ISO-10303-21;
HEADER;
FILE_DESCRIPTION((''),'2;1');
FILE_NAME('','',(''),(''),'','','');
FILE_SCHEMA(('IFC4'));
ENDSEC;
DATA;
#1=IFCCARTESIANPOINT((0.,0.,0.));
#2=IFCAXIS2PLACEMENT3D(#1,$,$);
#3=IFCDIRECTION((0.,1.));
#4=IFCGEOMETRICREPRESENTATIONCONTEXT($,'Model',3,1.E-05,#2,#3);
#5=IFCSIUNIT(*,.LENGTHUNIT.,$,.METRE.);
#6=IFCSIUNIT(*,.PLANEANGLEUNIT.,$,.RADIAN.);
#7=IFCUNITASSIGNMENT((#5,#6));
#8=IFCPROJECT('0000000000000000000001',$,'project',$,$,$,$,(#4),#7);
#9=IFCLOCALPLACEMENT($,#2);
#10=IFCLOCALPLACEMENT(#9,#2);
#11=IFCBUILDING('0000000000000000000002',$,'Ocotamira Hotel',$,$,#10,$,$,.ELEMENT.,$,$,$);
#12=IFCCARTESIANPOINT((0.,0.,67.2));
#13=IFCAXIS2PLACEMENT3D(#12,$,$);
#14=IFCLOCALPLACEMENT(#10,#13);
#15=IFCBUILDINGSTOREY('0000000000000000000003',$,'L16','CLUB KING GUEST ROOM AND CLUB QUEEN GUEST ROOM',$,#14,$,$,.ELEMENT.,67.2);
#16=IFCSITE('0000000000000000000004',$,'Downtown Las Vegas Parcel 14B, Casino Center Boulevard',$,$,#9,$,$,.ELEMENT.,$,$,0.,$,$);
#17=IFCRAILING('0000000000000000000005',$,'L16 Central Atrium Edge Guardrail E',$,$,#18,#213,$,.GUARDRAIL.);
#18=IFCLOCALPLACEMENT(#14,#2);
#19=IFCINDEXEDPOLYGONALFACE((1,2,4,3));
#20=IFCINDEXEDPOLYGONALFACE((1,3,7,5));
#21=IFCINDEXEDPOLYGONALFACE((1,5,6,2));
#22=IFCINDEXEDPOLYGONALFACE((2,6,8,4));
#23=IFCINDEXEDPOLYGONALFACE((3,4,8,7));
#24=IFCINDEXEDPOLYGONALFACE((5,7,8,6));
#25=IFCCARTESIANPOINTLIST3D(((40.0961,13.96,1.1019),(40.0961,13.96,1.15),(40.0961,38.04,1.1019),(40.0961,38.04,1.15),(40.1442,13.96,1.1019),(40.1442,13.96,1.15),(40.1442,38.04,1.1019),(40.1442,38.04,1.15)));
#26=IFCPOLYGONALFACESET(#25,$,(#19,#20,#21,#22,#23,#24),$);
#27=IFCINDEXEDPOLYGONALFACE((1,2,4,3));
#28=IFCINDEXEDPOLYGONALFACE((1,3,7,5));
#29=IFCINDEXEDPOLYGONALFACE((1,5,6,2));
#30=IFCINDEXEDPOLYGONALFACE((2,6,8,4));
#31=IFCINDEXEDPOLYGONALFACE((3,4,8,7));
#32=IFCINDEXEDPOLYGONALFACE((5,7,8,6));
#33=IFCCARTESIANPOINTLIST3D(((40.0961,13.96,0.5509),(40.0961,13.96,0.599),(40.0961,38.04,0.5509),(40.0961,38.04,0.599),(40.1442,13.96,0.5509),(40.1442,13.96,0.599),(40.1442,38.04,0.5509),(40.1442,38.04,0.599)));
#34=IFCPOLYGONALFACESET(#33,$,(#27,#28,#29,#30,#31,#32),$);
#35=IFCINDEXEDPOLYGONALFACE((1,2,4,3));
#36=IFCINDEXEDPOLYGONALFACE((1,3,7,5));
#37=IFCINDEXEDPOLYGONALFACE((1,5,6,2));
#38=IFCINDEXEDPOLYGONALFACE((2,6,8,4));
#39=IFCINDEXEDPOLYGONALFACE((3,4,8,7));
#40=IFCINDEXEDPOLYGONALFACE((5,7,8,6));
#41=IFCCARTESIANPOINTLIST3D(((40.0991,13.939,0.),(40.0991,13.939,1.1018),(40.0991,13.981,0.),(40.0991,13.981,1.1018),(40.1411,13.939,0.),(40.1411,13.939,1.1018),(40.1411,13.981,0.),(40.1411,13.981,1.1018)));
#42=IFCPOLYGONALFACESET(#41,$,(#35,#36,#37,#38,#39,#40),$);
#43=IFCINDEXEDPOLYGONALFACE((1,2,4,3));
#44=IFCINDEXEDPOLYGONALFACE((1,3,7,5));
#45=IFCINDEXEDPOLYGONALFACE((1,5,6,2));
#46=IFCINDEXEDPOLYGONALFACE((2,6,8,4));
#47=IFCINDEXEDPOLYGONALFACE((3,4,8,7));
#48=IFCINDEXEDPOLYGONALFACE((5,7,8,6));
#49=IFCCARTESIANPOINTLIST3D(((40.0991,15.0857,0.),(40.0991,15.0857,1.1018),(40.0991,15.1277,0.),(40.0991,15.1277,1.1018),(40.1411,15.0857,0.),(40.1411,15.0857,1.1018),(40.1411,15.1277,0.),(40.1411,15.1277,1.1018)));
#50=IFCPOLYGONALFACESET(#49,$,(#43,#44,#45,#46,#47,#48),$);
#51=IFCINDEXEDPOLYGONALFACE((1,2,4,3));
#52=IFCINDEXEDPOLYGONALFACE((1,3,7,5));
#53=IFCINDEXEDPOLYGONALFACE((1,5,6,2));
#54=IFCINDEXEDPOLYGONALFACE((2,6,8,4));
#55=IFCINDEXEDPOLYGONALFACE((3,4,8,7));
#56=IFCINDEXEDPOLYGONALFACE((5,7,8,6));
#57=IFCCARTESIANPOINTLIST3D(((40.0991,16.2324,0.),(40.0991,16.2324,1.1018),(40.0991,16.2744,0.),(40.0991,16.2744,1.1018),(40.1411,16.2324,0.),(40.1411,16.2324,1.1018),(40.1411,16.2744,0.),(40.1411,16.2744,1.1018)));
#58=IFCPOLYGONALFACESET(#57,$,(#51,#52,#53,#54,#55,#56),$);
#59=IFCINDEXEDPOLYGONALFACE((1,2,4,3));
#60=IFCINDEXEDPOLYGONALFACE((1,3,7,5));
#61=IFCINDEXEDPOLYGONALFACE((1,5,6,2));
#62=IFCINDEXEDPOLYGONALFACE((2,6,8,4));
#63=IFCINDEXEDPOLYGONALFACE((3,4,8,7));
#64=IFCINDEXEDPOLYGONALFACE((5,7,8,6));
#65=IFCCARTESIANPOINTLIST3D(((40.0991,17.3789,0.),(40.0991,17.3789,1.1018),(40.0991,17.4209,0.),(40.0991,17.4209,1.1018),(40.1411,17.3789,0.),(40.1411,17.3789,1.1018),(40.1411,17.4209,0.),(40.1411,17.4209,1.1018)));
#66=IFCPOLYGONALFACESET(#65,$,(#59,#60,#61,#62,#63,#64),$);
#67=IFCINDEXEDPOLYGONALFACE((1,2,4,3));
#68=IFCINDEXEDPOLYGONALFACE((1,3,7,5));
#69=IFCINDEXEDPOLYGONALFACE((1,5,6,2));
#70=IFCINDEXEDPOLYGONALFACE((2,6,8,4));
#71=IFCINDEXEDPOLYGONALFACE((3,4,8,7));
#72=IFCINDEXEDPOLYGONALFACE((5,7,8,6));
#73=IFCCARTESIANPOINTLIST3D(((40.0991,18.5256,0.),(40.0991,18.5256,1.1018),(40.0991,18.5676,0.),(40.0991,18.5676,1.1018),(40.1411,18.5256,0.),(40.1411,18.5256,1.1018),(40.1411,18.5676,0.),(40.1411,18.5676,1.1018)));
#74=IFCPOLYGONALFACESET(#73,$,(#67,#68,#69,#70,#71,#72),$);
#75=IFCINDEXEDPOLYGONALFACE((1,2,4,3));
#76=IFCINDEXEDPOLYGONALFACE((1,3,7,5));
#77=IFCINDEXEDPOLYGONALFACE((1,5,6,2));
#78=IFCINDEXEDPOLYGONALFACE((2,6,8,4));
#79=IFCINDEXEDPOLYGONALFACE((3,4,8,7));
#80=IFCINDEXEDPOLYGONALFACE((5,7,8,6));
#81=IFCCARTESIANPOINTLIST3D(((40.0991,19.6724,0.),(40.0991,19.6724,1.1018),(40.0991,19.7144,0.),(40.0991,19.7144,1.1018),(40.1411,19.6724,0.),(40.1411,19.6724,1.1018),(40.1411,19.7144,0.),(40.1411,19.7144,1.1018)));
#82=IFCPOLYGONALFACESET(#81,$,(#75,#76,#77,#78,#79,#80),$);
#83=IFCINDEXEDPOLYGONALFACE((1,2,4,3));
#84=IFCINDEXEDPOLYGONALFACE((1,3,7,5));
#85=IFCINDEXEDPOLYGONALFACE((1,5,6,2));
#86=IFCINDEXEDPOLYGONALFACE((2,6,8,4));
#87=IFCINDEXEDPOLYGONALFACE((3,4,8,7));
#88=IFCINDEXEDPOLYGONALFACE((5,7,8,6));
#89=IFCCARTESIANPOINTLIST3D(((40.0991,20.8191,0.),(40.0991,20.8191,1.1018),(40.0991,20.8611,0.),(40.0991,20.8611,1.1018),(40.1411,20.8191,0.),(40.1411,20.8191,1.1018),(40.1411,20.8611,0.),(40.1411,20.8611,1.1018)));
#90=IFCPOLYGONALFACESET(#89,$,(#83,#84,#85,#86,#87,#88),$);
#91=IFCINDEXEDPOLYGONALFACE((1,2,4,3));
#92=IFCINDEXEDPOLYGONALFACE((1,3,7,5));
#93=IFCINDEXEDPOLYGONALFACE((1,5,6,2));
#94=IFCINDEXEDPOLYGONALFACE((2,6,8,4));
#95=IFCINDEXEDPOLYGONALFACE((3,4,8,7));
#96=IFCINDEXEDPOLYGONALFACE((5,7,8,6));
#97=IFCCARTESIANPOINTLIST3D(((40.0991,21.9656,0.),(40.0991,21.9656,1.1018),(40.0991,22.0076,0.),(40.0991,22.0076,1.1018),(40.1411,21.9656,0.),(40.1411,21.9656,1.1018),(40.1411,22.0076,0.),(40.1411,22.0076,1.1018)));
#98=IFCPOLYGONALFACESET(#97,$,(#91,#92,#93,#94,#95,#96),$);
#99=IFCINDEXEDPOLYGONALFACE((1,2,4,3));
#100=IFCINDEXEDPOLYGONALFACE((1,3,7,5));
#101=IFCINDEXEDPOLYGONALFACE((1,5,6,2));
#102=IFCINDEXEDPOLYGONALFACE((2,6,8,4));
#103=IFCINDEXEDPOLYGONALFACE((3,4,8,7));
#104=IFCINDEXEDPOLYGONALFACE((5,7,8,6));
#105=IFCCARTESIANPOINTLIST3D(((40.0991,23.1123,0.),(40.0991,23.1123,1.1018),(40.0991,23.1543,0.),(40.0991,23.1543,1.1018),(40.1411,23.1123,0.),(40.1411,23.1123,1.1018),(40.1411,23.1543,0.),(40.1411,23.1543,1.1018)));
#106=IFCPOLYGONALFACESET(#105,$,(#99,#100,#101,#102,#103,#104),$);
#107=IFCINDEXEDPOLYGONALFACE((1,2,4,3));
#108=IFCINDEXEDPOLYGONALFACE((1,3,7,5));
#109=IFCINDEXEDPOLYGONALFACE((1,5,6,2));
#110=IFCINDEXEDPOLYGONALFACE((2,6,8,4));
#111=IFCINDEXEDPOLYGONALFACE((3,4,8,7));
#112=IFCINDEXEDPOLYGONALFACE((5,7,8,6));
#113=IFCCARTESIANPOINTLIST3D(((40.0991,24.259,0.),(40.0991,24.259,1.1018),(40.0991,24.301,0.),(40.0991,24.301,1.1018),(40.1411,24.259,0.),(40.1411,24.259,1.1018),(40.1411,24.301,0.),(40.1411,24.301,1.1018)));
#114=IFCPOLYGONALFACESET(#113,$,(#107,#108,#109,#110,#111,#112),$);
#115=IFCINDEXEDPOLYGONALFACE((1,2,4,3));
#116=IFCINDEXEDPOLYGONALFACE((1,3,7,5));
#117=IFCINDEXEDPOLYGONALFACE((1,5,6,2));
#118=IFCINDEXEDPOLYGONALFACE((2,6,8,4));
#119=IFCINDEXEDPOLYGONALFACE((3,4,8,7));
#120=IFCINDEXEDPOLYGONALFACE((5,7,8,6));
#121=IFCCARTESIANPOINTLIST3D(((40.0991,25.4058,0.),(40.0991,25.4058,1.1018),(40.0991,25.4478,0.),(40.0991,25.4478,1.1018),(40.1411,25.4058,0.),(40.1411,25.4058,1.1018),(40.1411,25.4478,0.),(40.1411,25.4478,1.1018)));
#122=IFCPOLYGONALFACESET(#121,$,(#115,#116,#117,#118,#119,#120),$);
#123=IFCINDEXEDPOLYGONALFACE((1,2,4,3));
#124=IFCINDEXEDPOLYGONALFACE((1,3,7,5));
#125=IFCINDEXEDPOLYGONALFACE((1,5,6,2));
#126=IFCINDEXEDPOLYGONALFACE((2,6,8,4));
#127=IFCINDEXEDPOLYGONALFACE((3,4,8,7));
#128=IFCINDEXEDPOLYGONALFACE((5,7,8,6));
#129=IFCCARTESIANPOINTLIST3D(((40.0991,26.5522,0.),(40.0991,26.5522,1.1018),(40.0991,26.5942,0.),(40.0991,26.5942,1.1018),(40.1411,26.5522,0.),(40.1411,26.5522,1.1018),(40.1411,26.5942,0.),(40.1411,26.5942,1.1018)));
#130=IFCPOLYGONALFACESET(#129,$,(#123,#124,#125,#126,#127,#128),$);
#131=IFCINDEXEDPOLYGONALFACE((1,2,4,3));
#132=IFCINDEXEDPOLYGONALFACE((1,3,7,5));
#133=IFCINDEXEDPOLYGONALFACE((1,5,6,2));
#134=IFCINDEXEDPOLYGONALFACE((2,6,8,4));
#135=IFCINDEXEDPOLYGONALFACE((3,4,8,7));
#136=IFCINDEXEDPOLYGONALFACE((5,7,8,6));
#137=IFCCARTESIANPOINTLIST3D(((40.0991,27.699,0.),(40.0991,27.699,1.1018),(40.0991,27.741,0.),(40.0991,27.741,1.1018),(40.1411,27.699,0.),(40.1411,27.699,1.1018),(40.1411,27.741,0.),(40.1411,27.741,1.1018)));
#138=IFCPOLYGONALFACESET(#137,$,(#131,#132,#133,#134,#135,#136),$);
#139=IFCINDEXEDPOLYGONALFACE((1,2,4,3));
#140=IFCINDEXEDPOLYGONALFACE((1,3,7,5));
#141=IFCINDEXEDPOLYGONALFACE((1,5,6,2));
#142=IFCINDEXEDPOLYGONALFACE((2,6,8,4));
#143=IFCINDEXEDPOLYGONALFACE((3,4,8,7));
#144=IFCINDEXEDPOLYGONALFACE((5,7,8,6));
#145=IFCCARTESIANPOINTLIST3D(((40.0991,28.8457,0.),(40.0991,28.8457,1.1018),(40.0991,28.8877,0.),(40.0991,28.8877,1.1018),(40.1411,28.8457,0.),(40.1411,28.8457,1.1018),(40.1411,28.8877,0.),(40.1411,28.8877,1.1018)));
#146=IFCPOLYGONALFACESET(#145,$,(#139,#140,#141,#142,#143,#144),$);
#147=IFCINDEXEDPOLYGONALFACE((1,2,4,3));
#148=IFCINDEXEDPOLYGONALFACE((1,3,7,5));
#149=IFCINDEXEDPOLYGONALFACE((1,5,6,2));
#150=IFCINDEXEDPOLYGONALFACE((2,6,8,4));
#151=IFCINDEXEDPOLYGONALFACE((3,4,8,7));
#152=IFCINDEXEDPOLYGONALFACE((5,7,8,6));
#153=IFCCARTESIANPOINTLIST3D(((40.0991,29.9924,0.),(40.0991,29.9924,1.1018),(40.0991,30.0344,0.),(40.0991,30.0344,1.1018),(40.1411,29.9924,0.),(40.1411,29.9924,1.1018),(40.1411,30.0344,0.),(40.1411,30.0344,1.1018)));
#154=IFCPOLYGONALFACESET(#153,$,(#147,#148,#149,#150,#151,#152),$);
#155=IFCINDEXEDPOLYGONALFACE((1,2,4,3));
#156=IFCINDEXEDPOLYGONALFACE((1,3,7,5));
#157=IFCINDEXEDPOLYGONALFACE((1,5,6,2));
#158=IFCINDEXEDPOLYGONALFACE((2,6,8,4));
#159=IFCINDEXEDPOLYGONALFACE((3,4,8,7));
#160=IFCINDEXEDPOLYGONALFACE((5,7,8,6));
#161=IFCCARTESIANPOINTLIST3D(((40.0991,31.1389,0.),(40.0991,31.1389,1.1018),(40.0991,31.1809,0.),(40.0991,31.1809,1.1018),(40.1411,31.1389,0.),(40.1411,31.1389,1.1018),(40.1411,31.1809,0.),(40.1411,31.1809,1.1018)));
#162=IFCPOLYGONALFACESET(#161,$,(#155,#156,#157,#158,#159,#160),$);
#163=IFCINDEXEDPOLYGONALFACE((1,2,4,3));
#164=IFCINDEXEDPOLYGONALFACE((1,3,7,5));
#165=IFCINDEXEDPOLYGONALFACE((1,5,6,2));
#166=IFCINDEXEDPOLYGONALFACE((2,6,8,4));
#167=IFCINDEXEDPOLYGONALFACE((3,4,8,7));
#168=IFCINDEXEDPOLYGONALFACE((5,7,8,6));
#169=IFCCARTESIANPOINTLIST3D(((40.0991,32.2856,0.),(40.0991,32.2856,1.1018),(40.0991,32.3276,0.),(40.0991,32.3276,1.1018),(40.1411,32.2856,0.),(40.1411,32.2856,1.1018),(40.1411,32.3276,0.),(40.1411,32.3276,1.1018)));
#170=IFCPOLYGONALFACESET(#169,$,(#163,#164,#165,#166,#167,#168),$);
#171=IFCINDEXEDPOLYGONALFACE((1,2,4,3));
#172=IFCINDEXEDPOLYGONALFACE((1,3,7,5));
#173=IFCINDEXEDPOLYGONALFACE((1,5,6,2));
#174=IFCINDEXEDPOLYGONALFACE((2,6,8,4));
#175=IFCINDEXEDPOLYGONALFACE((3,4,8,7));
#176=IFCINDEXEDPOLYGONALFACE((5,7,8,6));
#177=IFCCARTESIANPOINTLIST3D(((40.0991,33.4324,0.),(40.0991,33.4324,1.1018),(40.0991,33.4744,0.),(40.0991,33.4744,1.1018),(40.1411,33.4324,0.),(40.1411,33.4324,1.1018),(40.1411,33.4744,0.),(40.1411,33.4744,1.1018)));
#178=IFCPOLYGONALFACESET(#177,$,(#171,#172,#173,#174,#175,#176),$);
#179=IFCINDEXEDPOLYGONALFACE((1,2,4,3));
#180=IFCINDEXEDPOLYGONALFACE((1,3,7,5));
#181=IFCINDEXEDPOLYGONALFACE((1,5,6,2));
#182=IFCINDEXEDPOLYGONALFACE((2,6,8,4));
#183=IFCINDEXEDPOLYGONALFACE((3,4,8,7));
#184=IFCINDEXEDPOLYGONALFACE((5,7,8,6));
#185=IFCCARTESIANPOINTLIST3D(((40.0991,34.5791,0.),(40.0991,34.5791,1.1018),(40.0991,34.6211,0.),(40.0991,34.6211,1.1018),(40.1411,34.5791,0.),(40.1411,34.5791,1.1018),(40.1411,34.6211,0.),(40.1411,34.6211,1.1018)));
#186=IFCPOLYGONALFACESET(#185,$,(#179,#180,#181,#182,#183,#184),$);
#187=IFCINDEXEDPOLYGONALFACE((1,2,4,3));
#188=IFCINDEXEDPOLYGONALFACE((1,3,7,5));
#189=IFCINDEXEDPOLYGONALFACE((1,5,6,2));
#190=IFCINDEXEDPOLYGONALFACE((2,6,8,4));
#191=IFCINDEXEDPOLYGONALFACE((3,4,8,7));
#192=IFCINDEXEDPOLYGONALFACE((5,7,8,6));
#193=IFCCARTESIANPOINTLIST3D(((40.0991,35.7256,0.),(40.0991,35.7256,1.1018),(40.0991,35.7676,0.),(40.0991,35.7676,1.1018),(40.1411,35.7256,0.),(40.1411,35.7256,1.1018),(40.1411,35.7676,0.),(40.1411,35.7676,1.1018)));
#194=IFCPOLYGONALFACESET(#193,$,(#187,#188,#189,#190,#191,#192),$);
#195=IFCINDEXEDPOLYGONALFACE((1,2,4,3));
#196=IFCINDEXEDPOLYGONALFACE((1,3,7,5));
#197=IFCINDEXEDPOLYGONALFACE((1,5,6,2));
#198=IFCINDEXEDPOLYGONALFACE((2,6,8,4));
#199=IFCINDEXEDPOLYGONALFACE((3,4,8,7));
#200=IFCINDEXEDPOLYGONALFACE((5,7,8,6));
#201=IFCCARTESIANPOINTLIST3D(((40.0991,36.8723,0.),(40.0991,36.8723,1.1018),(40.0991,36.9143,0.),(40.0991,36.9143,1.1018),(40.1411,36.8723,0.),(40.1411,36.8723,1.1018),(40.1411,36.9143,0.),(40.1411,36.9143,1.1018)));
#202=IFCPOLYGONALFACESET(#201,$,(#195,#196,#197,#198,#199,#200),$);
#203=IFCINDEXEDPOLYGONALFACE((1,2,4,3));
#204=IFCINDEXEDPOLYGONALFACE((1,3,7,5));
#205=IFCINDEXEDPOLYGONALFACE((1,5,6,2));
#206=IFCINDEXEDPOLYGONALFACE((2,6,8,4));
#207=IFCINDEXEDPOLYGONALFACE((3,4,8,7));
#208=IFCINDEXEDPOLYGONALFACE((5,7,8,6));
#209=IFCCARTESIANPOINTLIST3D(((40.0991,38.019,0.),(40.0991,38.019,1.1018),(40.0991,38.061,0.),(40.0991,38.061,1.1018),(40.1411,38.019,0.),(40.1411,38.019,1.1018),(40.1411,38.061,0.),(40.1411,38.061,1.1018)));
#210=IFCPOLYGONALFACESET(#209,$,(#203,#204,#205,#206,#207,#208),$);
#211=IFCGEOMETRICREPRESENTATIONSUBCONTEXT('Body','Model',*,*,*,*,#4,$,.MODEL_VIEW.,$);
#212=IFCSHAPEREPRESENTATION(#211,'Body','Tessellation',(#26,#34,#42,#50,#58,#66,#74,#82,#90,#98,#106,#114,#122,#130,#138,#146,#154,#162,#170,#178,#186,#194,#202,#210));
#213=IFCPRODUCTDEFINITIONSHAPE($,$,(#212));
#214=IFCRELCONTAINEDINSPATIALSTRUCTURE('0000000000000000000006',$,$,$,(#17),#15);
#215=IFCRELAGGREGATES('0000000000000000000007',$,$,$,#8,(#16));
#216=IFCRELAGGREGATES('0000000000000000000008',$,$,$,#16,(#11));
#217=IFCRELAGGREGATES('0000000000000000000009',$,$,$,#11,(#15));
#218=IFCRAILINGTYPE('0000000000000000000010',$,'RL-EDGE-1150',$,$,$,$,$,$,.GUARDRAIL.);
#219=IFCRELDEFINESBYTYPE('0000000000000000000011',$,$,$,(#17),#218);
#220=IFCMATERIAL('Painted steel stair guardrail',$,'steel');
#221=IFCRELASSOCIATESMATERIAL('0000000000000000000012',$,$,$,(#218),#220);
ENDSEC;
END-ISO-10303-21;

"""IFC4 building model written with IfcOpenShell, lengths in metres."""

from ifc_helpers import new_model, si_unit, direction, frame, origin, origin_2d, place, context, subcontext, project, spatial, rectangle, extrude, material, type_object, element, save


model = new_model("IFC4")

# Units and contexts
model_context = context("Model", 3, precision=1e-05, world=origin(), true_north=direction((0.0, 1.0)))
body_context = subcontext(model_context, "Body", "Model", "MODEL_VIEW")
ifc_project = project(units=[si_unit("LENGTHUNIT", "METRE"), si_unit("PLANEANGLEUNIT", "RADIAN")], contexts=[model_context])

# Site, building, storey
site_placement = place(None, origin())
site = spatial("IfcSite", under=ifc_project, at=site_placement, Name="Downtown Las Vegas Parcel 14B, Casino Center Boulevard", CompositionType="ELEMENT", RefElevation=0.0)
building_placement = place(site_placement, origin())
building = spatial("IfcBuilding", under=site, at=building_placement, Name="Ocotamira Hotel", CompositionType="ELEMENT")
storey_placement = place(building_placement, frame((0.0, 0.0, 67.2)))
storey = spatial("IfcBuildingStorey", under=building, at=storey_placement, Name="L16", Description="CLUB KING GUEST ROOM AND CLUB QUEEN GUEST ROOM", CompositionType="ELEMENT", Elevation=67.2)

# Railing
ifc_material_1 = material(Name="Painted steel stair guardrail", Category="steel")
railing_type = type_object("IfcRailingType", Name="RL-EDGE-1150", PredefinedType="GUARDRAIL", material=ifc_material_1)
railing_placement = place(storey_placement, frame((40.1201, 13.96, 0.0)))
element("IfcRailing", 1, at=railing_placement, inside=storey, type_object=railing_type, Name="L16 Central Atrium Edge Guardrail E", PredefinedType="GUARDRAIL", context=body_context, shape_type="SweptSolid", body=[
    extrude(rectangle(XDim=0.0481, YDim=0.0481, at=origin_2d()), frame((0.0, 0.0, 1.126), z_axis=(0.0, 1.0, 0.0), x_axis=(-1.0, 0.0, 0.0)), (0.0, 0.0, 1.0), 24.0801),
    extrude(rectangle(XDim=0.0481, YDim=0.0481, at=origin_2d()), frame((0.0, 0.0, 0.575), z_axis=(0.0, 1.0, 0.0), x_axis=(-1.0, 0.0, 0.0)), (0.0, 0.0, 1.0), 24.0801),
    extrude(rectangle(XDim=0.042, YDim=0.042, at=origin_2d()), origin(), (0.0, 0.0, 1.0), 1.1018),
    extrude(rectangle(XDim=0.042, YDim=0.042, at=origin_2d()), frame((0.0, 1.1467, 0.0)), (0.0, 0.0, 1.0), 1.1018),
    extrude(rectangle(XDim=0.042, YDim=0.042, at=origin_2d()), frame((0.0, 2.2935, 0.0)), (0.0, 0.0, 1.0), 1.1018),
    extrude(rectangle(XDim=0.042, YDim=0.042, at=origin_2d()), frame((0.0, 3.4399, 0.0)), (0.0, 0.0, 1.0), 1.1018),
    extrude(rectangle(XDim=0.042, YDim=0.042, at=origin_2d()), frame((0.0, 4.5867, 0.0)), (0.0, 0.0, 1.0), 1.1018),
    extrude(rectangle(XDim=0.042, YDim=0.042, at=origin_2d()), frame((0.0, 5.7334, 0.0)), (0.0, 0.0, 1.0), 1.1018),
    extrude(rectangle(XDim=0.042, YDim=0.042, at=origin_2d()), frame((0.0, 6.8801, 0.0)), (0.0, 0.0, 1.0), 1.1018),
    extrude(rectangle(XDim=0.042, YDim=0.042, at=origin_2d()), frame((0.0, 8.0266, 0.0)), (0.0, 0.0, 1.0), 1.1018),
    extrude(rectangle(XDim=0.042, YDim=0.042, at=origin_2d()), frame((0.0, 9.1733, 0.0)), (0.0, 0.0, 1.0), 1.1018),
    extrude(rectangle(XDim=0.042, YDim=0.042, at=origin_2d()), frame((0.0, 10.3201, 0.0)), (0.0, 0.0, 1.0), 1.1018),
    extrude(rectangle(XDim=0.042, YDim=0.042, at=origin_2d()), frame((0.0, 11.4668, 0.0)), (0.0, 0.0, 1.0), 1.1018),
    extrude(rectangle(XDim=0.042, YDim=0.042, at=origin_2d()), frame((0.0, 12.6133, 0.0)), (0.0, 0.0, 1.0), 1.1018),
    extrude(rectangle(XDim=0.042, YDim=0.042, at=origin_2d()), frame((0.0, 13.76, 0.0)), (0.0, 0.0, 1.0), 1.1018),
    extrude(rectangle(XDim=0.042, YDim=0.042, at=origin_2d()), frame((0.0, 14.9067, 0.0)), (0.0, 0.0, 1.0), 1.1018),
    extrude(rectangle(XDim=0.042, YDim=0.042, at=origin_2d()), frame((0.0, 16.0535, 0.0)), (0.0, 0.0, 1.0), 1.1018),
    extrude(rectangle(XDim=0.042, YDim=0.042, at=origin_2d()), frame((0.0, 17.2, 0.0)), (0.0, 0.0, 1.0), 1.1018),
    extrude(rectangle(XDim=0.042, YDim=0.042, at=origin_2d()), frame((0.0, 18.3467, 0.0)), (0.0, 0.0, 1.0), 1.1018),
    extrude(rectangle(XDim=0.042, YDim=0.042, at=origin_2d()), frame((0.0, 19.4934, 0.0)), (0.0, 0.0, 1.0), 1.1018),
    extrude(rectangle(XDim=0.042, YDim=0.042, at=origin_2d()), frame((0.0, 20.6401, 0.0)), (0.0, 0.0, 1.0), 1.1018),
    extrude(rectangle(XDim=0.042, YDim=0.042, at=origin_2d()), frame((0.0, 21.7866, 0.0)), (0.0, 0.0, 1.0), 1.1018),
    extrude(rectangle(XDim=0.042, YDim=0.042, at=origin_2d()), frame((0.0, 22.9333, 0.0)), (0.0, 0.0, 1.0), 1.1018),
    extrude(rectangle(XDim=0.042, YDim=0.042, at=origin_2d()), frame((0.0, 24.0801, 0.0)), (0.0, 0.0, 1.0), 1.1018),
])

save(model, "model.ifc")
